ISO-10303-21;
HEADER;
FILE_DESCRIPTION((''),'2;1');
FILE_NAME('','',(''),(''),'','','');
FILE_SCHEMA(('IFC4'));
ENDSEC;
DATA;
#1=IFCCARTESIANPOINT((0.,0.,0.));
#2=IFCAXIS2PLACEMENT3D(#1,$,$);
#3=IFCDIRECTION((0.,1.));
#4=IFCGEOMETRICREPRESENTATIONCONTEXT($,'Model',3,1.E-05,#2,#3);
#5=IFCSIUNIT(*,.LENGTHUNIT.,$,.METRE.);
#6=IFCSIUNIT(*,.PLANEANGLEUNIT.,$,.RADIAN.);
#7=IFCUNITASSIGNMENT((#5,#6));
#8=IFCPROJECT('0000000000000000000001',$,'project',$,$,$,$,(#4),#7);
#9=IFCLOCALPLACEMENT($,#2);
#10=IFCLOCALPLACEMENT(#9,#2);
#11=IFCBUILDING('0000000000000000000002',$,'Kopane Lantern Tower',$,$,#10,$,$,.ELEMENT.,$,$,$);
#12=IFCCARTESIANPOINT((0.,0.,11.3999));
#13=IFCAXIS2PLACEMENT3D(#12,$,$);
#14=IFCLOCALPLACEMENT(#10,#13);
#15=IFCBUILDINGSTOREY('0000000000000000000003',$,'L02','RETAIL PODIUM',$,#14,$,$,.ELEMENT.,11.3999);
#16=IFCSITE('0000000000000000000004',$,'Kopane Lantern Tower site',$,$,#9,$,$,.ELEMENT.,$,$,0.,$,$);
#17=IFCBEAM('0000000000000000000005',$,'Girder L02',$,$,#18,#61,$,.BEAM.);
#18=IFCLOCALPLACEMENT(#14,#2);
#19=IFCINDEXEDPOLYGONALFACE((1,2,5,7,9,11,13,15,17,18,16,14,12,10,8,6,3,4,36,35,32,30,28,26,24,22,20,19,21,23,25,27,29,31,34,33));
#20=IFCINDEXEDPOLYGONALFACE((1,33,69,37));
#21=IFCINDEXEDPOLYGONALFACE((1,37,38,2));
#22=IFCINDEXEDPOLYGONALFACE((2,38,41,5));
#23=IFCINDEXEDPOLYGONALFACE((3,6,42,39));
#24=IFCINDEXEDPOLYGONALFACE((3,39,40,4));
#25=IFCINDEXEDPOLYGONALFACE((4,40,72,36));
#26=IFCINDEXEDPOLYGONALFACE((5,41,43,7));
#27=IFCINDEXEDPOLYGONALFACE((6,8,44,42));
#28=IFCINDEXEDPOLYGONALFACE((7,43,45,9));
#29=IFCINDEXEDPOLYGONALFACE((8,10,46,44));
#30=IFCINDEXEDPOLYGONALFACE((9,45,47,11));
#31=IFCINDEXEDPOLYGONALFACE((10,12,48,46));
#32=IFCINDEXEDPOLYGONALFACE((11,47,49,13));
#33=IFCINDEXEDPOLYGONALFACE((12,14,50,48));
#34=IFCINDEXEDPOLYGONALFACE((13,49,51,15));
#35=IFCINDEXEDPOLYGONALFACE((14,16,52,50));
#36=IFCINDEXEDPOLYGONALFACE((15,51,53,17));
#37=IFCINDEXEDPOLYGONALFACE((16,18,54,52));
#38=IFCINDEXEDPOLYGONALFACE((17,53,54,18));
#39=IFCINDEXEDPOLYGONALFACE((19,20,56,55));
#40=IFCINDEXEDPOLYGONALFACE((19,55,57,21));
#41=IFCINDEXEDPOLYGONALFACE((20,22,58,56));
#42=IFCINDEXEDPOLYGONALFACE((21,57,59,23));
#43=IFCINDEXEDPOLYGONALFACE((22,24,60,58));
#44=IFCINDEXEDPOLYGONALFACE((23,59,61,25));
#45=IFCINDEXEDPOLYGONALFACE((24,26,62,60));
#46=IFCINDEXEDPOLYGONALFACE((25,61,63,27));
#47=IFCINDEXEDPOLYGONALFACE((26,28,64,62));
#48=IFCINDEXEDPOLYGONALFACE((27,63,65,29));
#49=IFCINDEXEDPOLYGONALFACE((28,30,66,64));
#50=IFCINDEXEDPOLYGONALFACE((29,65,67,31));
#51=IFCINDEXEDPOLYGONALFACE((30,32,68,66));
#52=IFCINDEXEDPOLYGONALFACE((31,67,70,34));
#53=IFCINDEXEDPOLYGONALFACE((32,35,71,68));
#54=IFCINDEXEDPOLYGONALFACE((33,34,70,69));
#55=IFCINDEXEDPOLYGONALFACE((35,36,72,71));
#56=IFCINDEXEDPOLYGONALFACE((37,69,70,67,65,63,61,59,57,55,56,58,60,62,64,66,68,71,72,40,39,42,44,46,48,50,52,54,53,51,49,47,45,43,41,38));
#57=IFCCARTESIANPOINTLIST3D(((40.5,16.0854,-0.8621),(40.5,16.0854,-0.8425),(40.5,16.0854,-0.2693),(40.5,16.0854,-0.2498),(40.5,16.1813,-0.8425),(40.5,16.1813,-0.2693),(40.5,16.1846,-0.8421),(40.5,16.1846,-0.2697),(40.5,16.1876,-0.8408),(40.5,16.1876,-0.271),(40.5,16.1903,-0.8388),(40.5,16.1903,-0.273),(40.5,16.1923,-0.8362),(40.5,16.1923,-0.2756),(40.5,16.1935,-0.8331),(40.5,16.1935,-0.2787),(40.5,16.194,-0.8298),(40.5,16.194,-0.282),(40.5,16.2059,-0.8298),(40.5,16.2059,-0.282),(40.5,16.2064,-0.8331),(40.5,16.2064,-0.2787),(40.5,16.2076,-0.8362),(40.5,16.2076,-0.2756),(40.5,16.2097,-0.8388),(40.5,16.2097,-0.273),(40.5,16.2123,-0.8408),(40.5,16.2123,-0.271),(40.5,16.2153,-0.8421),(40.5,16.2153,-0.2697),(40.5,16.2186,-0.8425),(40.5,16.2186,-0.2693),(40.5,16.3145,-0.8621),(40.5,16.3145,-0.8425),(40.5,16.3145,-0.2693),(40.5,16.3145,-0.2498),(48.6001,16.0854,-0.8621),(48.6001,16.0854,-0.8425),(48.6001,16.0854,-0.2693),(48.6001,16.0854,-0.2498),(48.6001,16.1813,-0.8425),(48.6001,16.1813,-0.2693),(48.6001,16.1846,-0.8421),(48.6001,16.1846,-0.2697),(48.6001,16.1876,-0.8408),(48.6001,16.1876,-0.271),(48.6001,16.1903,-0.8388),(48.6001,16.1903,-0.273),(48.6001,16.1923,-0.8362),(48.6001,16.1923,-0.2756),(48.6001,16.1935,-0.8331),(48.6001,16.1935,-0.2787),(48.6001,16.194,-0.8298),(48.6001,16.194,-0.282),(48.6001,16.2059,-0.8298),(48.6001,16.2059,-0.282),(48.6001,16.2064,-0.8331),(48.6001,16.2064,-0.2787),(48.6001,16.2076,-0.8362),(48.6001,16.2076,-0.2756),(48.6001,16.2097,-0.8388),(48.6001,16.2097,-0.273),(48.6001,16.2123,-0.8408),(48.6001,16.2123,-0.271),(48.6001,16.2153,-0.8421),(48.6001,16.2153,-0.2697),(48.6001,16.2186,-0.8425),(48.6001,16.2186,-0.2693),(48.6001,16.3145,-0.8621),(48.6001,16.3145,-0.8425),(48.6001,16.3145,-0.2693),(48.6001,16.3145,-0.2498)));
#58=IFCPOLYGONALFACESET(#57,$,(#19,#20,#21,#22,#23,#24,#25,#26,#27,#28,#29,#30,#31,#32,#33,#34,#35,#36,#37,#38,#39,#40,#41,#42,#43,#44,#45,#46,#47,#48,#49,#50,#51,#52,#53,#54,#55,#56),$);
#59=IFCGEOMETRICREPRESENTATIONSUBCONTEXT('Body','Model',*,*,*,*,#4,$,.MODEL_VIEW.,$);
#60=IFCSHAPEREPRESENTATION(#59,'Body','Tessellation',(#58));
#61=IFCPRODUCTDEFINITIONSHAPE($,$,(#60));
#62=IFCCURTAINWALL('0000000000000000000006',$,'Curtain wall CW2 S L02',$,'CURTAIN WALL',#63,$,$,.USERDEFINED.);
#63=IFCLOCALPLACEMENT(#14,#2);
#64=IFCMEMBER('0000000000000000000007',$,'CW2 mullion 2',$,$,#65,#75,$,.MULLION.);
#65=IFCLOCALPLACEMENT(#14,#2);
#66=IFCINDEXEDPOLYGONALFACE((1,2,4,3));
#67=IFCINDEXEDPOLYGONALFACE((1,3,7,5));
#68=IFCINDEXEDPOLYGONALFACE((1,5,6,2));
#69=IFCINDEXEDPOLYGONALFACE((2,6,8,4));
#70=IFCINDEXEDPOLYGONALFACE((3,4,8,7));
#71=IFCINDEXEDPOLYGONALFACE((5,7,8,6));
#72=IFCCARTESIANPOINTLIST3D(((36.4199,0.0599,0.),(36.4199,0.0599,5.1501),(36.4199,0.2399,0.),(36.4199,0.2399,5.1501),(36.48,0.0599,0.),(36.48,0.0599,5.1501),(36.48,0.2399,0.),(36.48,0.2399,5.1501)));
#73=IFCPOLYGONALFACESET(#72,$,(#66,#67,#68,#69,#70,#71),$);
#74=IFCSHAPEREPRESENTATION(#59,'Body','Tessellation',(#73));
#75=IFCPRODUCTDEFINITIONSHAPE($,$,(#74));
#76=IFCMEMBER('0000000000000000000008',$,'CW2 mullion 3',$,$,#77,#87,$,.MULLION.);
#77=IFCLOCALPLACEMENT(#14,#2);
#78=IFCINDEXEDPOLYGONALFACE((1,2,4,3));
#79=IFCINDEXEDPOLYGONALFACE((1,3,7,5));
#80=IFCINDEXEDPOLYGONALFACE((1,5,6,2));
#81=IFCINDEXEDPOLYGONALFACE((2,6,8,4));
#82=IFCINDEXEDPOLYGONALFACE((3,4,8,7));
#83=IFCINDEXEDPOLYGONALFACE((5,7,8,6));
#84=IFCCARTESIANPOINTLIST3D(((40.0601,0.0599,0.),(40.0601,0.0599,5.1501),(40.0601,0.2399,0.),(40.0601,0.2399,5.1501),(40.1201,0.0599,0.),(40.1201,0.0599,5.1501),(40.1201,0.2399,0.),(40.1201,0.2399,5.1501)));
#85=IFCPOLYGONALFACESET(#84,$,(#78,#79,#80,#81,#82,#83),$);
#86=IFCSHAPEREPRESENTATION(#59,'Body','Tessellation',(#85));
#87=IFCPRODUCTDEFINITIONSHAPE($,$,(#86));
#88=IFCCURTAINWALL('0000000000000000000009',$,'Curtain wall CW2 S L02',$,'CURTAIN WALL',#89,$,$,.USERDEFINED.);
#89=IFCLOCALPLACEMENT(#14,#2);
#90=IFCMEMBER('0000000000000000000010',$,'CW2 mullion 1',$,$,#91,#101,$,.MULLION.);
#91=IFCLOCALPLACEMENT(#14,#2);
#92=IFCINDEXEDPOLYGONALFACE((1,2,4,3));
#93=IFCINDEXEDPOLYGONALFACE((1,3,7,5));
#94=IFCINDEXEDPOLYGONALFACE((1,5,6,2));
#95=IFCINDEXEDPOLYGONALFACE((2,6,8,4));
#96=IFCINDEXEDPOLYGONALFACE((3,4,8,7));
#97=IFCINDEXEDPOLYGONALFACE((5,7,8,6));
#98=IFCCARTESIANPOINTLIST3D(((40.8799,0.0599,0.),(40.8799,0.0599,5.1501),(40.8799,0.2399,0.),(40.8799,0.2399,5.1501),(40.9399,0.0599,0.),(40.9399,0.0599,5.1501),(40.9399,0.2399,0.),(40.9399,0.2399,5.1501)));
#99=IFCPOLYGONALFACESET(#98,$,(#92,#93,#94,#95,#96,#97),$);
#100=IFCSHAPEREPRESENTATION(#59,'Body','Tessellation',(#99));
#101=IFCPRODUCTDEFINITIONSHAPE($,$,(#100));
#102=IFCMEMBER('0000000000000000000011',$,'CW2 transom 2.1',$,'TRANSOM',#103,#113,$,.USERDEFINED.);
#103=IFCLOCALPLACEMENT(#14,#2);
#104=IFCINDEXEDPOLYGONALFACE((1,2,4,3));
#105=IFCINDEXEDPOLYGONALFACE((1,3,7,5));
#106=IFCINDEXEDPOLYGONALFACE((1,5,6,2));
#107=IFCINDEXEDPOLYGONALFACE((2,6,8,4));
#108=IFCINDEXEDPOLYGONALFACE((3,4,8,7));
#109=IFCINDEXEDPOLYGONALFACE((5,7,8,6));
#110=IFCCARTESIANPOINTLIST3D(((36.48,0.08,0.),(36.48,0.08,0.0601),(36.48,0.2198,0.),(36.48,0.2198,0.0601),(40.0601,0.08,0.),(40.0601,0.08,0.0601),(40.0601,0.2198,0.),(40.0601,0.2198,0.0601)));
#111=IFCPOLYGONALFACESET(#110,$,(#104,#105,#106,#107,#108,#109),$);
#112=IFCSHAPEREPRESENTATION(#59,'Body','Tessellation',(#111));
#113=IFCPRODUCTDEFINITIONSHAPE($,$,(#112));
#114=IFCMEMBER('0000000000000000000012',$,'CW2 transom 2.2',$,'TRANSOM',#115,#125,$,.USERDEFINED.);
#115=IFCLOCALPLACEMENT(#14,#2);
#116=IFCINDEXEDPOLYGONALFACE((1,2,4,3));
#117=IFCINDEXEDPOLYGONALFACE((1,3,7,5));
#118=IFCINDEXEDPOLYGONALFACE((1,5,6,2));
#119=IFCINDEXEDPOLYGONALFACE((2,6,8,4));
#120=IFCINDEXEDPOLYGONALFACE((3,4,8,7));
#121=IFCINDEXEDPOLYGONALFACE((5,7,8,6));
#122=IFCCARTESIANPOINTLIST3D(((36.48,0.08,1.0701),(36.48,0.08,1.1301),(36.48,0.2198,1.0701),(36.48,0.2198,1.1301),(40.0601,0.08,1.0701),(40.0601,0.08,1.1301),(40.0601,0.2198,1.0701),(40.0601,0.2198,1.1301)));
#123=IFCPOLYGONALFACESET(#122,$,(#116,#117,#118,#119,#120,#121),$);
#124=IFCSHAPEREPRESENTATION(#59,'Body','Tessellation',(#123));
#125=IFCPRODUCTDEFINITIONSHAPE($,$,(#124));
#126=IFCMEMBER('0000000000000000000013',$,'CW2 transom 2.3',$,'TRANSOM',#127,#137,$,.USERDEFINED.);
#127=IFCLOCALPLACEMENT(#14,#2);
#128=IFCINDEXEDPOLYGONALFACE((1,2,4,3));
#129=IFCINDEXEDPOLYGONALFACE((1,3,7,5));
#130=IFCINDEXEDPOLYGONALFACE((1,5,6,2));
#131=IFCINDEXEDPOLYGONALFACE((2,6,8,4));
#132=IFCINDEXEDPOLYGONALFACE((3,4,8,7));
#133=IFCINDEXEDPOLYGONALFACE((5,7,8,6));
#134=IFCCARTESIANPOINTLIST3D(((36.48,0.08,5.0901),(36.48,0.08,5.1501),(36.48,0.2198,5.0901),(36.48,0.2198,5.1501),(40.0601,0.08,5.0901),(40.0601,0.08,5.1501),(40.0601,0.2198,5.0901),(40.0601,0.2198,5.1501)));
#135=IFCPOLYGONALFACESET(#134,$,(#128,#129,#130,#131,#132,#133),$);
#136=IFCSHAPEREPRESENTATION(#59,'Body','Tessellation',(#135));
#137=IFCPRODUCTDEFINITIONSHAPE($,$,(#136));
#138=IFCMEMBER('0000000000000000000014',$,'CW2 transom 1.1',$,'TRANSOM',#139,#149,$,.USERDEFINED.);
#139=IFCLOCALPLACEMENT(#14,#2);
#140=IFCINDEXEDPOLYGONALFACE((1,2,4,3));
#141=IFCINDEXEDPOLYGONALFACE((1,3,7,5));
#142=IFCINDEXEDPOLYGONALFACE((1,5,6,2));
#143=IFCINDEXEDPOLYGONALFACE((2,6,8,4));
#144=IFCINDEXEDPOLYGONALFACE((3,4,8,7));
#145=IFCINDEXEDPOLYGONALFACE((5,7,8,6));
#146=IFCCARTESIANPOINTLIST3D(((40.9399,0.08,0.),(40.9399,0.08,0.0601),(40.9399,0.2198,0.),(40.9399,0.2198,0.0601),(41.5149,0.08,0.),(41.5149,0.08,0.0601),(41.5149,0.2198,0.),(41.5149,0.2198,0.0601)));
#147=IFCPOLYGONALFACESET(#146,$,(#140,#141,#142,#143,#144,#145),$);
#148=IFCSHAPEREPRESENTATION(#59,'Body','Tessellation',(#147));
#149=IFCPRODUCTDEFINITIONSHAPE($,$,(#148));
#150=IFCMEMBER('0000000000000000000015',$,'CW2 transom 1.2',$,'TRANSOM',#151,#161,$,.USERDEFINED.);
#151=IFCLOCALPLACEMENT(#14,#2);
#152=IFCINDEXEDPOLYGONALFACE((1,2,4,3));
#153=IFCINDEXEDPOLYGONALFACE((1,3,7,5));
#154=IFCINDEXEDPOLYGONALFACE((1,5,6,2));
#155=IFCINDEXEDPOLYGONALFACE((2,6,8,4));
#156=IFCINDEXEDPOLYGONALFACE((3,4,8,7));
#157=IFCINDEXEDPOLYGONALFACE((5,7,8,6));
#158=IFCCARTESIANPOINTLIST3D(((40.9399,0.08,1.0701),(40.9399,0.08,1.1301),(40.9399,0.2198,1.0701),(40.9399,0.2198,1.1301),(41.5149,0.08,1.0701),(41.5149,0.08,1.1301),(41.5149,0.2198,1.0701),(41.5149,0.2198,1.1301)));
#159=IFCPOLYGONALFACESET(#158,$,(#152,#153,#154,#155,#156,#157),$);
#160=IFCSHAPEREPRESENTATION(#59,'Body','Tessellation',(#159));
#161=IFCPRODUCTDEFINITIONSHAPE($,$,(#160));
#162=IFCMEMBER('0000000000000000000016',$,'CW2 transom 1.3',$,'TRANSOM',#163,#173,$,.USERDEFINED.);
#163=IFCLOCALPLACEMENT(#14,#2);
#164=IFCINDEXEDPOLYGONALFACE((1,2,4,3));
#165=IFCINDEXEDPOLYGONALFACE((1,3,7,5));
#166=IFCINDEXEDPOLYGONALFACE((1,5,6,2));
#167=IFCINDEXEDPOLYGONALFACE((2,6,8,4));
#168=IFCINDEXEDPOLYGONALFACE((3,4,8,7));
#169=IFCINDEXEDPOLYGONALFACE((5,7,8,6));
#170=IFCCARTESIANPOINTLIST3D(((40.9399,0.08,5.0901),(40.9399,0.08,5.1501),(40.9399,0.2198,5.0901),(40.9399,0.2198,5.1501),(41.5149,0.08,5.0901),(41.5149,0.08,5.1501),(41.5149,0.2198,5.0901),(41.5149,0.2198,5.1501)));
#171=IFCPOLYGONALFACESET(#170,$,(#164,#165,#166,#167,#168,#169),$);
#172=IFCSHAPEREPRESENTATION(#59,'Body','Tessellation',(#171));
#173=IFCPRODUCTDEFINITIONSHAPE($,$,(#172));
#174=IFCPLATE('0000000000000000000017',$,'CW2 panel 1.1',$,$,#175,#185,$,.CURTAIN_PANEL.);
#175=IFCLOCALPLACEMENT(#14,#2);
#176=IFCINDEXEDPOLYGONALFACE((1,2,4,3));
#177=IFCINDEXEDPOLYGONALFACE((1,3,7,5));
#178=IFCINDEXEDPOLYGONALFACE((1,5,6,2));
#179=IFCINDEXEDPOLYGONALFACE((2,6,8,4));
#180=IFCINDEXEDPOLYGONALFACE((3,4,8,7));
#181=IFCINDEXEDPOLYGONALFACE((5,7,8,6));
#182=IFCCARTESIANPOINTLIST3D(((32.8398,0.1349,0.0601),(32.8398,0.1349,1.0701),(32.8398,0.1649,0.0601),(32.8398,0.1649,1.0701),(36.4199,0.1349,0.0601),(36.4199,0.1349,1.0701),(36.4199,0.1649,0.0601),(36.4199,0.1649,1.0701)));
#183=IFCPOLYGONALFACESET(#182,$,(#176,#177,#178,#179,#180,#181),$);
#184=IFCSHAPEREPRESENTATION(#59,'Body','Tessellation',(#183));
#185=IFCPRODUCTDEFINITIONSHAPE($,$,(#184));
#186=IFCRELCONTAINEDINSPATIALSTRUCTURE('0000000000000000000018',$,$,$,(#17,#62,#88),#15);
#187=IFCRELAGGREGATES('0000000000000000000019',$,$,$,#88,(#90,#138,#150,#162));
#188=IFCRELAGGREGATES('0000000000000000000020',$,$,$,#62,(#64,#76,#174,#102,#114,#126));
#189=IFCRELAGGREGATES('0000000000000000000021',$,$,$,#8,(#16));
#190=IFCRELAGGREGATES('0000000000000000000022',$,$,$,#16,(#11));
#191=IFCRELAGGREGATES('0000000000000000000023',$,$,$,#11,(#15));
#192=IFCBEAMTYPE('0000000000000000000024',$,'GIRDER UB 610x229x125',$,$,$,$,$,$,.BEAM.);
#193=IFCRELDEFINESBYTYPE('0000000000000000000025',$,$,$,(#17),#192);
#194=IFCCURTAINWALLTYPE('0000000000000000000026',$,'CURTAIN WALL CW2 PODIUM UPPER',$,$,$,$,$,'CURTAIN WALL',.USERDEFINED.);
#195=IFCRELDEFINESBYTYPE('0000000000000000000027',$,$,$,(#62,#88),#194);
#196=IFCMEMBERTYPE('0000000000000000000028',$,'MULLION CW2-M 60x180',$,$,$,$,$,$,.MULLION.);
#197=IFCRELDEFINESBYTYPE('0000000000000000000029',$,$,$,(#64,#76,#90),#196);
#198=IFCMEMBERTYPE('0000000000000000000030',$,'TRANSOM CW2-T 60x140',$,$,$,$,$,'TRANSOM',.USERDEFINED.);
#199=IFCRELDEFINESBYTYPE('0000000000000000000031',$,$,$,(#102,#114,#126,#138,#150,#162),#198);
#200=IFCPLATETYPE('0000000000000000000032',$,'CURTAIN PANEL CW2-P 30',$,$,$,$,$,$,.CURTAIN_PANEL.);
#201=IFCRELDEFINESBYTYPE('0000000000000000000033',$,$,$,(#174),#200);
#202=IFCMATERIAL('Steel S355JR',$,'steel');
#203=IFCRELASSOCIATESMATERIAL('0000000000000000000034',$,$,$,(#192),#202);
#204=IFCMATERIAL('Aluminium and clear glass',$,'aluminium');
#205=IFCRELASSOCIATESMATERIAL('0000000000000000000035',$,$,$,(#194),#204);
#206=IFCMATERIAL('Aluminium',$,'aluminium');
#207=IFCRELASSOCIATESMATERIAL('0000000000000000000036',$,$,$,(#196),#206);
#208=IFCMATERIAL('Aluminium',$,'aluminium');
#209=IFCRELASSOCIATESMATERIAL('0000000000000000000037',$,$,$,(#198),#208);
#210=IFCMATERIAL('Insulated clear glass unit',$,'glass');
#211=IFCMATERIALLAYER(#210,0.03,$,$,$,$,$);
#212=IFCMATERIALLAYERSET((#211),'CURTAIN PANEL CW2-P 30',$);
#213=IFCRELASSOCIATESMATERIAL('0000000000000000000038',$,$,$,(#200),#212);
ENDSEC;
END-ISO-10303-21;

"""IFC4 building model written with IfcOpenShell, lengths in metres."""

from ifc_helpers import new_model, si_unit, direction, frame, origin, origin_2d, place, context, subcontext, project, spatial, rectangle, i_section, extrude, material, layer, layer_set, material_profile, profile_set, type_object, element, aggregate, save


model = new_model("IFC4")

# Units and contexts
model_context = context("Model", 3, precision=1e-05, world=origin(), true_north=direction((0.0, 1.0)))
body_context = subcontext(model_context, "Body", "Model", "MODEL_VIEW")
ifc_project = project(units=[si_unit("LENGTHUNIT", "METRE"), si_unit("PLANEANGLEUNIT", "RADIAN")], contexts=[model_context])

# Site, building, storey
site_placement = place(None, origin())
site = spatial("IfcSite", under=ifc_project, at=site_placement, Name="Kopane Lantern Tower site", CompositionType="ELEMENT", RefElevation=0.0)
building_placement = place(site_placement, origin())
building = spatial("IfcBuilding", under=site, at=building_placement, Name="Kopane Lantern Tower", CompositionType="ELEMENT")
storey_placement = place(building_placement, frame((0.0, 0.0, 11.3999)))
storey = spatial("IfcBuildingStorey", under=building, at=storey_placement, Name="L02", Description="RETAIL PODIUM", CompositionType="ELEMENT", Elevation=11.3999)

# Beam
ifc_material_1 = material(Name="Steel S355JR", Category="steel")
ifc_material_profile_1 = material_profile(ifc_material_1, i_section(OverallWidth=0.229, OverallDepth=0.6123, WebThickness=0.012, FlangeThickness=0.0195, FilletRadius=0.0127, at=origin_2d()), Name="UB 610x229x125")
ifc_profile_set_1 = profile_set([ifc_material_profile_1], Name="Steel S355JR")
beam_type = type_object("IfcBeamType", Name="GIRDER UB 610x229x125", PredefinedType="BEAM", material=ifc_profile_set_1)
for number, where, z_axis, x_axis, name in (
    (1, (40.5, 16.2, -0.5559), (1.0, 0.0, 0.0), (0.0, 1.0, 0.0), "Girder L02"),
):
    element("IfcBeam", number, at=place(storey_placement, frame(where, z_axis=z_axis, x_axis=x_axis)), inside=storey, type_object=beam_type, Name=name, PredefinedType="BEAM", context=body_context, shape_type="SweptSolid", body=[
        extrude(i_section(OverallWidth=0.229, OverallDepth=0.6123, WebThickness=0.012, FlangeThickness=0.0195, FilletRadius=0.0127, at=origin_2d()), origin(), (0.0, 0.0, 1.0), 8.1001),
    ])

# Curtain wall, members
ifc_material_2 = material(Name="Aluminium and clear glass", Category="aluminium")
curtain_wall_type = type_object("IfcCurtainWallType", Name="CURTAIN WALL CW2 PODIUM UPPER", ElementType="CURTAIN WALL", PredefinedType="USERDEFINED", material=ifc_material_2)
curtain_wall_1_placement = place(storey_placement, origin())
curtain_wall_1 = element("IfcCurtainWall", 2, at=curtain_wall_1_placement, inside=storey, type_object=curtain_wall_type, Name="Curtain wall CW2 S L02", ObjectType="CURTAIN WALL", PredefinedType="USERDEFINED")
ifc_material_3 = material(Name="Aluminium", Category="aluminium")
ifc_material_profile_2 = material_profile(ifc_material_3, rectangle(XDim=0.0601, YDim=0.1799, at=origin_2d()), Name="AL 60x180")
ifc_profile_set_2 = profile_set([ifc_material_profile_2], Name="Aluminium")
member_type_1 = type_object("IfcMemberType", Name="MULLION CW2-M 60x180", PredefinedType="MULLION", material=ifc_profile_set_2)
member_1_placement = place(storey_placement, frame((36.45, 0.1499, 0.0), z_axis=(0.0, 0.0, 1.0), x_axis=(1.0, 0.0, 0.0)))
member_1 = element("IfcMember", 3, at=member_1_placement, type_object=member_type_1, Name="CW2 mullion 2", PredefinedType="MULLION", context=body_context, shape_type="SweptSolid", body=[
    extrude(rectangle(XDim=0.0601, YDim=0.1799, at=origin_2d()), origin(), (0.0, 0.0, 1.0), 5.1501),
])
member_2_placement = place(storey_placement, frame((40.0901, 0.1499, 0.0), z_axis=(0.0, 0.0, 1.0), x_axis=(1.0, 0.0, 0.0)))
member_2 = element("IfcMember", 4, at=member_2_placement, type_object=member_type_1, Name="CW2 mullion 3", PredefinedType="MULLION", context=body_context, shape_type="SweptSolid", body=[
    extrude(rectangle(XDim=0.0601, YDim=0.1799, at=origin_2d()), origin(), (0.0, 0.0, 1.0), 5.1501),
])

# Curtain wall, member
curtain_wall_2_placement = place(storey_placement, origin())
curtain_wall_2 = element("IfcCurtainWall", 5, at=curtain_wall_2_placement, inside=storey, type_object=curtain_wall_type, Name="Curtain wall CW2 S L02", ObjectType="CURTAIN WALL", PredefinedType="USERDEFINED")
member_3_placement = place(storey_placement, frame((40.9099, 0.1499, 0.0), z_axis=(0.0, 0.0, 1.0), x_axis=(1.0, 0.0, 0.0)))
member_3 = element("IfcMember", 6, at=member_3_placement, type_object=member_type_1, Name="CW2 mullion 1", PredefinedType="MULLION", context=body_context, shape_type="SweptSolid", body=[
    extrude(rectangle(XDim=0.0601, YDim=0.1799, at=origin_2d()), origin(), (0.0, 0.0, 1.0), 5.1501),
])

# Members
ifc_material_4 = material(Name="Aluminium", Category="aluminium")
ifc_material_profile_3 = material_profile(ifc_material_4, rectangle(XDim=0.1399, YDim=0.0601, at=origin_2d()), Name="AL 140x60")
ifc_profile_set_3 = profile_set([ifc_material_profile_3], Name="Aluminium")
member_type_2 = type_object("IfcMemberType", Name="TRANSOM CW2-T 60x140", ElementType="TRANSOM", PredefinedType="USERDEFINED", material=ifc_profile_set_3)
member_4_placement = place(storey_placement, frame((36.48, 0.1499, 0.03), z_axis=(1.0, 0.0, 0.0), x_axis=(0.0, 1.0, 0.0)))
member_4 = element("IfcMember", 7, at=member_4_placement, type_object=member_type_2, Name="CW2 transom 2.1", ObjectType="TRANSOM", PredefinedType="USERDEFINED", context=body_context, shape_type="SweptSolid", body=[
    extrude(rectangle(XDim=0.1399, YDim=0.0601, at=origin_2d()), origin(), (0.0, 0.0, 1.0), 3.5801),
])
member_5_placement = place(storey_placement, frame((36.48, 0.1499, 1.1001), z_axis=(1.0, 0.0, 0.0), x_axis=(0.0, 1.0, 0.0)))
member_5 = element("IfcMember", 8, at=member_5_placement, type_object=member_type_2, Name="CW2 transom 2.2", ObjectType="TRANSOM", PredefinedType="USERDEFINED", context=body_context, shape_type="SweptSolid", body=[
    extrude(rectangle(XDim=0.1399, YDim=0.0601, at=origin_2d()), origin(), (0.0, 0.0, 1.0), 3.5801),
])
member_6_placement = place(storey_placement, frame((36.48, 0.1499, 5.1201), z_axis=(1.0, 0.0, 0.0), x_axis=(0.0, 1.0, 0.0)))
member_6 = element("IfcMember", 9, at=member_6_placement, type_object=member_type_2, Name="CW2 transom 2.3", ObjectType="TRANSOM", PredefinedType="USERDEFINED", context=body_context, shape_type="SweptSolid", body=[
    extrude(rectangle(XDim=0.1399, YDim=0.0601, at=origin_2d()), origin(), (0.0, 0.0, 1.0), 3.5801),
])
member_7_placement = place(storey_placement, frame((40.9399, 0.1499, 0.03), z_axis=(1.0, 0.0, 0.0), x_axis=(0.0, 1.0, 0.0)))
member_7 = element("IfcMember", 10, at=member_7_placement, type_object=member_type_2, Name="CW2 transom 1.1", ObjectType="TRANSOM", PredefinedType="USERDEFINED", context=body_context, shape_type="SweptSolid", body=[
    extrude(rectangle(XDim=0.1399, YDim=0.0601, at=origin_2d()), origin(), (0.0, 0.0, 1.0), 0.575),
])
member_8_placement = place(storey_placement, frame((40.9399, 0.1499, 1.1001), z_axis=(1.0, 0.0, 0.0), x_axis=(0.0, 1.0, 0.0)))
member_8 = element("IfcMember", 11, at=member_8_placement, type_object=member_type_2, Name="CW2 transom 1.2", ObjectType="TRANSOM", PredefinedType="USERDEFINED", context=body_context, shape_type="SweptSolid", body=[
    extrude(rectangle(XDim=0.1399, YDim=0.0601, at=origin_2d()), origin(), (0.0, 0.0, 1.0), 0.575),
])
member_9_placement = place(storey_placement, frame((40.9399, 0.1499, 5.1201), z_axis=(1.0, 0.0, 0.0), x_axis=(0.0, 1.0, 0.0)))
member_9 = element("IfcMember", 12, at=member_9_placement, type_object=member_type_2, Name="CW2 transom 1.3", ObjectType="TRANSOM", PredefinedType="USERDEFINED", context=body_context, shape_type="SweptSolid", body=[
    extrude(rectangle(XDim=0.1399, YDim=0.0601, at=origin_2d()), origin(), (0.0, 0.0, 1.0), 0.575),
])
aggregate(curtain_wall_2, [member_3, member_7, member_8, member_9])

# Plate
ifc_material_5 = material(Name="Insulated clear glass unit", Category="glass")
ifc_layer_1 = layer(ifc_material_5, 0.03)
ifc_layer_set_1 = layer_set([ifc_layer_1], Name="CURTAIN PANEL CW2-P 30")
plate_type = type_object("IfcPlateType", Name="CURTAIN PANEL CW2-P 30", PredefinedType="CURTAIN_PANEL", material=ifc_layer_set_1)
plate_1_placement = place(storey_placement, frame((34.6299, 0.1499, 0.0601), z_axis=(0.0, 0.0, 1.0), x_axis=(1.0, 0.0, 0.0)))
plate_1 = element("IfcPlate", 13, at=plate_1_placement, type_object=plate_type, Name="CW2 panel 1.1", PredefinedType="CURTAIN_PANEL", context=body_context, shape_type="SweptSolid", body=[
    extrude(rectangle(XDim=3.5801, YDim=0.03, at=origin_2d()), origin(), (0.0, 0.0, 1.0), 1.01),
])
aggregate(curtain_wall_1, [member_1, member_2, plate_1, member_4, member_5, member_6])

save(model, "model.ifc")
